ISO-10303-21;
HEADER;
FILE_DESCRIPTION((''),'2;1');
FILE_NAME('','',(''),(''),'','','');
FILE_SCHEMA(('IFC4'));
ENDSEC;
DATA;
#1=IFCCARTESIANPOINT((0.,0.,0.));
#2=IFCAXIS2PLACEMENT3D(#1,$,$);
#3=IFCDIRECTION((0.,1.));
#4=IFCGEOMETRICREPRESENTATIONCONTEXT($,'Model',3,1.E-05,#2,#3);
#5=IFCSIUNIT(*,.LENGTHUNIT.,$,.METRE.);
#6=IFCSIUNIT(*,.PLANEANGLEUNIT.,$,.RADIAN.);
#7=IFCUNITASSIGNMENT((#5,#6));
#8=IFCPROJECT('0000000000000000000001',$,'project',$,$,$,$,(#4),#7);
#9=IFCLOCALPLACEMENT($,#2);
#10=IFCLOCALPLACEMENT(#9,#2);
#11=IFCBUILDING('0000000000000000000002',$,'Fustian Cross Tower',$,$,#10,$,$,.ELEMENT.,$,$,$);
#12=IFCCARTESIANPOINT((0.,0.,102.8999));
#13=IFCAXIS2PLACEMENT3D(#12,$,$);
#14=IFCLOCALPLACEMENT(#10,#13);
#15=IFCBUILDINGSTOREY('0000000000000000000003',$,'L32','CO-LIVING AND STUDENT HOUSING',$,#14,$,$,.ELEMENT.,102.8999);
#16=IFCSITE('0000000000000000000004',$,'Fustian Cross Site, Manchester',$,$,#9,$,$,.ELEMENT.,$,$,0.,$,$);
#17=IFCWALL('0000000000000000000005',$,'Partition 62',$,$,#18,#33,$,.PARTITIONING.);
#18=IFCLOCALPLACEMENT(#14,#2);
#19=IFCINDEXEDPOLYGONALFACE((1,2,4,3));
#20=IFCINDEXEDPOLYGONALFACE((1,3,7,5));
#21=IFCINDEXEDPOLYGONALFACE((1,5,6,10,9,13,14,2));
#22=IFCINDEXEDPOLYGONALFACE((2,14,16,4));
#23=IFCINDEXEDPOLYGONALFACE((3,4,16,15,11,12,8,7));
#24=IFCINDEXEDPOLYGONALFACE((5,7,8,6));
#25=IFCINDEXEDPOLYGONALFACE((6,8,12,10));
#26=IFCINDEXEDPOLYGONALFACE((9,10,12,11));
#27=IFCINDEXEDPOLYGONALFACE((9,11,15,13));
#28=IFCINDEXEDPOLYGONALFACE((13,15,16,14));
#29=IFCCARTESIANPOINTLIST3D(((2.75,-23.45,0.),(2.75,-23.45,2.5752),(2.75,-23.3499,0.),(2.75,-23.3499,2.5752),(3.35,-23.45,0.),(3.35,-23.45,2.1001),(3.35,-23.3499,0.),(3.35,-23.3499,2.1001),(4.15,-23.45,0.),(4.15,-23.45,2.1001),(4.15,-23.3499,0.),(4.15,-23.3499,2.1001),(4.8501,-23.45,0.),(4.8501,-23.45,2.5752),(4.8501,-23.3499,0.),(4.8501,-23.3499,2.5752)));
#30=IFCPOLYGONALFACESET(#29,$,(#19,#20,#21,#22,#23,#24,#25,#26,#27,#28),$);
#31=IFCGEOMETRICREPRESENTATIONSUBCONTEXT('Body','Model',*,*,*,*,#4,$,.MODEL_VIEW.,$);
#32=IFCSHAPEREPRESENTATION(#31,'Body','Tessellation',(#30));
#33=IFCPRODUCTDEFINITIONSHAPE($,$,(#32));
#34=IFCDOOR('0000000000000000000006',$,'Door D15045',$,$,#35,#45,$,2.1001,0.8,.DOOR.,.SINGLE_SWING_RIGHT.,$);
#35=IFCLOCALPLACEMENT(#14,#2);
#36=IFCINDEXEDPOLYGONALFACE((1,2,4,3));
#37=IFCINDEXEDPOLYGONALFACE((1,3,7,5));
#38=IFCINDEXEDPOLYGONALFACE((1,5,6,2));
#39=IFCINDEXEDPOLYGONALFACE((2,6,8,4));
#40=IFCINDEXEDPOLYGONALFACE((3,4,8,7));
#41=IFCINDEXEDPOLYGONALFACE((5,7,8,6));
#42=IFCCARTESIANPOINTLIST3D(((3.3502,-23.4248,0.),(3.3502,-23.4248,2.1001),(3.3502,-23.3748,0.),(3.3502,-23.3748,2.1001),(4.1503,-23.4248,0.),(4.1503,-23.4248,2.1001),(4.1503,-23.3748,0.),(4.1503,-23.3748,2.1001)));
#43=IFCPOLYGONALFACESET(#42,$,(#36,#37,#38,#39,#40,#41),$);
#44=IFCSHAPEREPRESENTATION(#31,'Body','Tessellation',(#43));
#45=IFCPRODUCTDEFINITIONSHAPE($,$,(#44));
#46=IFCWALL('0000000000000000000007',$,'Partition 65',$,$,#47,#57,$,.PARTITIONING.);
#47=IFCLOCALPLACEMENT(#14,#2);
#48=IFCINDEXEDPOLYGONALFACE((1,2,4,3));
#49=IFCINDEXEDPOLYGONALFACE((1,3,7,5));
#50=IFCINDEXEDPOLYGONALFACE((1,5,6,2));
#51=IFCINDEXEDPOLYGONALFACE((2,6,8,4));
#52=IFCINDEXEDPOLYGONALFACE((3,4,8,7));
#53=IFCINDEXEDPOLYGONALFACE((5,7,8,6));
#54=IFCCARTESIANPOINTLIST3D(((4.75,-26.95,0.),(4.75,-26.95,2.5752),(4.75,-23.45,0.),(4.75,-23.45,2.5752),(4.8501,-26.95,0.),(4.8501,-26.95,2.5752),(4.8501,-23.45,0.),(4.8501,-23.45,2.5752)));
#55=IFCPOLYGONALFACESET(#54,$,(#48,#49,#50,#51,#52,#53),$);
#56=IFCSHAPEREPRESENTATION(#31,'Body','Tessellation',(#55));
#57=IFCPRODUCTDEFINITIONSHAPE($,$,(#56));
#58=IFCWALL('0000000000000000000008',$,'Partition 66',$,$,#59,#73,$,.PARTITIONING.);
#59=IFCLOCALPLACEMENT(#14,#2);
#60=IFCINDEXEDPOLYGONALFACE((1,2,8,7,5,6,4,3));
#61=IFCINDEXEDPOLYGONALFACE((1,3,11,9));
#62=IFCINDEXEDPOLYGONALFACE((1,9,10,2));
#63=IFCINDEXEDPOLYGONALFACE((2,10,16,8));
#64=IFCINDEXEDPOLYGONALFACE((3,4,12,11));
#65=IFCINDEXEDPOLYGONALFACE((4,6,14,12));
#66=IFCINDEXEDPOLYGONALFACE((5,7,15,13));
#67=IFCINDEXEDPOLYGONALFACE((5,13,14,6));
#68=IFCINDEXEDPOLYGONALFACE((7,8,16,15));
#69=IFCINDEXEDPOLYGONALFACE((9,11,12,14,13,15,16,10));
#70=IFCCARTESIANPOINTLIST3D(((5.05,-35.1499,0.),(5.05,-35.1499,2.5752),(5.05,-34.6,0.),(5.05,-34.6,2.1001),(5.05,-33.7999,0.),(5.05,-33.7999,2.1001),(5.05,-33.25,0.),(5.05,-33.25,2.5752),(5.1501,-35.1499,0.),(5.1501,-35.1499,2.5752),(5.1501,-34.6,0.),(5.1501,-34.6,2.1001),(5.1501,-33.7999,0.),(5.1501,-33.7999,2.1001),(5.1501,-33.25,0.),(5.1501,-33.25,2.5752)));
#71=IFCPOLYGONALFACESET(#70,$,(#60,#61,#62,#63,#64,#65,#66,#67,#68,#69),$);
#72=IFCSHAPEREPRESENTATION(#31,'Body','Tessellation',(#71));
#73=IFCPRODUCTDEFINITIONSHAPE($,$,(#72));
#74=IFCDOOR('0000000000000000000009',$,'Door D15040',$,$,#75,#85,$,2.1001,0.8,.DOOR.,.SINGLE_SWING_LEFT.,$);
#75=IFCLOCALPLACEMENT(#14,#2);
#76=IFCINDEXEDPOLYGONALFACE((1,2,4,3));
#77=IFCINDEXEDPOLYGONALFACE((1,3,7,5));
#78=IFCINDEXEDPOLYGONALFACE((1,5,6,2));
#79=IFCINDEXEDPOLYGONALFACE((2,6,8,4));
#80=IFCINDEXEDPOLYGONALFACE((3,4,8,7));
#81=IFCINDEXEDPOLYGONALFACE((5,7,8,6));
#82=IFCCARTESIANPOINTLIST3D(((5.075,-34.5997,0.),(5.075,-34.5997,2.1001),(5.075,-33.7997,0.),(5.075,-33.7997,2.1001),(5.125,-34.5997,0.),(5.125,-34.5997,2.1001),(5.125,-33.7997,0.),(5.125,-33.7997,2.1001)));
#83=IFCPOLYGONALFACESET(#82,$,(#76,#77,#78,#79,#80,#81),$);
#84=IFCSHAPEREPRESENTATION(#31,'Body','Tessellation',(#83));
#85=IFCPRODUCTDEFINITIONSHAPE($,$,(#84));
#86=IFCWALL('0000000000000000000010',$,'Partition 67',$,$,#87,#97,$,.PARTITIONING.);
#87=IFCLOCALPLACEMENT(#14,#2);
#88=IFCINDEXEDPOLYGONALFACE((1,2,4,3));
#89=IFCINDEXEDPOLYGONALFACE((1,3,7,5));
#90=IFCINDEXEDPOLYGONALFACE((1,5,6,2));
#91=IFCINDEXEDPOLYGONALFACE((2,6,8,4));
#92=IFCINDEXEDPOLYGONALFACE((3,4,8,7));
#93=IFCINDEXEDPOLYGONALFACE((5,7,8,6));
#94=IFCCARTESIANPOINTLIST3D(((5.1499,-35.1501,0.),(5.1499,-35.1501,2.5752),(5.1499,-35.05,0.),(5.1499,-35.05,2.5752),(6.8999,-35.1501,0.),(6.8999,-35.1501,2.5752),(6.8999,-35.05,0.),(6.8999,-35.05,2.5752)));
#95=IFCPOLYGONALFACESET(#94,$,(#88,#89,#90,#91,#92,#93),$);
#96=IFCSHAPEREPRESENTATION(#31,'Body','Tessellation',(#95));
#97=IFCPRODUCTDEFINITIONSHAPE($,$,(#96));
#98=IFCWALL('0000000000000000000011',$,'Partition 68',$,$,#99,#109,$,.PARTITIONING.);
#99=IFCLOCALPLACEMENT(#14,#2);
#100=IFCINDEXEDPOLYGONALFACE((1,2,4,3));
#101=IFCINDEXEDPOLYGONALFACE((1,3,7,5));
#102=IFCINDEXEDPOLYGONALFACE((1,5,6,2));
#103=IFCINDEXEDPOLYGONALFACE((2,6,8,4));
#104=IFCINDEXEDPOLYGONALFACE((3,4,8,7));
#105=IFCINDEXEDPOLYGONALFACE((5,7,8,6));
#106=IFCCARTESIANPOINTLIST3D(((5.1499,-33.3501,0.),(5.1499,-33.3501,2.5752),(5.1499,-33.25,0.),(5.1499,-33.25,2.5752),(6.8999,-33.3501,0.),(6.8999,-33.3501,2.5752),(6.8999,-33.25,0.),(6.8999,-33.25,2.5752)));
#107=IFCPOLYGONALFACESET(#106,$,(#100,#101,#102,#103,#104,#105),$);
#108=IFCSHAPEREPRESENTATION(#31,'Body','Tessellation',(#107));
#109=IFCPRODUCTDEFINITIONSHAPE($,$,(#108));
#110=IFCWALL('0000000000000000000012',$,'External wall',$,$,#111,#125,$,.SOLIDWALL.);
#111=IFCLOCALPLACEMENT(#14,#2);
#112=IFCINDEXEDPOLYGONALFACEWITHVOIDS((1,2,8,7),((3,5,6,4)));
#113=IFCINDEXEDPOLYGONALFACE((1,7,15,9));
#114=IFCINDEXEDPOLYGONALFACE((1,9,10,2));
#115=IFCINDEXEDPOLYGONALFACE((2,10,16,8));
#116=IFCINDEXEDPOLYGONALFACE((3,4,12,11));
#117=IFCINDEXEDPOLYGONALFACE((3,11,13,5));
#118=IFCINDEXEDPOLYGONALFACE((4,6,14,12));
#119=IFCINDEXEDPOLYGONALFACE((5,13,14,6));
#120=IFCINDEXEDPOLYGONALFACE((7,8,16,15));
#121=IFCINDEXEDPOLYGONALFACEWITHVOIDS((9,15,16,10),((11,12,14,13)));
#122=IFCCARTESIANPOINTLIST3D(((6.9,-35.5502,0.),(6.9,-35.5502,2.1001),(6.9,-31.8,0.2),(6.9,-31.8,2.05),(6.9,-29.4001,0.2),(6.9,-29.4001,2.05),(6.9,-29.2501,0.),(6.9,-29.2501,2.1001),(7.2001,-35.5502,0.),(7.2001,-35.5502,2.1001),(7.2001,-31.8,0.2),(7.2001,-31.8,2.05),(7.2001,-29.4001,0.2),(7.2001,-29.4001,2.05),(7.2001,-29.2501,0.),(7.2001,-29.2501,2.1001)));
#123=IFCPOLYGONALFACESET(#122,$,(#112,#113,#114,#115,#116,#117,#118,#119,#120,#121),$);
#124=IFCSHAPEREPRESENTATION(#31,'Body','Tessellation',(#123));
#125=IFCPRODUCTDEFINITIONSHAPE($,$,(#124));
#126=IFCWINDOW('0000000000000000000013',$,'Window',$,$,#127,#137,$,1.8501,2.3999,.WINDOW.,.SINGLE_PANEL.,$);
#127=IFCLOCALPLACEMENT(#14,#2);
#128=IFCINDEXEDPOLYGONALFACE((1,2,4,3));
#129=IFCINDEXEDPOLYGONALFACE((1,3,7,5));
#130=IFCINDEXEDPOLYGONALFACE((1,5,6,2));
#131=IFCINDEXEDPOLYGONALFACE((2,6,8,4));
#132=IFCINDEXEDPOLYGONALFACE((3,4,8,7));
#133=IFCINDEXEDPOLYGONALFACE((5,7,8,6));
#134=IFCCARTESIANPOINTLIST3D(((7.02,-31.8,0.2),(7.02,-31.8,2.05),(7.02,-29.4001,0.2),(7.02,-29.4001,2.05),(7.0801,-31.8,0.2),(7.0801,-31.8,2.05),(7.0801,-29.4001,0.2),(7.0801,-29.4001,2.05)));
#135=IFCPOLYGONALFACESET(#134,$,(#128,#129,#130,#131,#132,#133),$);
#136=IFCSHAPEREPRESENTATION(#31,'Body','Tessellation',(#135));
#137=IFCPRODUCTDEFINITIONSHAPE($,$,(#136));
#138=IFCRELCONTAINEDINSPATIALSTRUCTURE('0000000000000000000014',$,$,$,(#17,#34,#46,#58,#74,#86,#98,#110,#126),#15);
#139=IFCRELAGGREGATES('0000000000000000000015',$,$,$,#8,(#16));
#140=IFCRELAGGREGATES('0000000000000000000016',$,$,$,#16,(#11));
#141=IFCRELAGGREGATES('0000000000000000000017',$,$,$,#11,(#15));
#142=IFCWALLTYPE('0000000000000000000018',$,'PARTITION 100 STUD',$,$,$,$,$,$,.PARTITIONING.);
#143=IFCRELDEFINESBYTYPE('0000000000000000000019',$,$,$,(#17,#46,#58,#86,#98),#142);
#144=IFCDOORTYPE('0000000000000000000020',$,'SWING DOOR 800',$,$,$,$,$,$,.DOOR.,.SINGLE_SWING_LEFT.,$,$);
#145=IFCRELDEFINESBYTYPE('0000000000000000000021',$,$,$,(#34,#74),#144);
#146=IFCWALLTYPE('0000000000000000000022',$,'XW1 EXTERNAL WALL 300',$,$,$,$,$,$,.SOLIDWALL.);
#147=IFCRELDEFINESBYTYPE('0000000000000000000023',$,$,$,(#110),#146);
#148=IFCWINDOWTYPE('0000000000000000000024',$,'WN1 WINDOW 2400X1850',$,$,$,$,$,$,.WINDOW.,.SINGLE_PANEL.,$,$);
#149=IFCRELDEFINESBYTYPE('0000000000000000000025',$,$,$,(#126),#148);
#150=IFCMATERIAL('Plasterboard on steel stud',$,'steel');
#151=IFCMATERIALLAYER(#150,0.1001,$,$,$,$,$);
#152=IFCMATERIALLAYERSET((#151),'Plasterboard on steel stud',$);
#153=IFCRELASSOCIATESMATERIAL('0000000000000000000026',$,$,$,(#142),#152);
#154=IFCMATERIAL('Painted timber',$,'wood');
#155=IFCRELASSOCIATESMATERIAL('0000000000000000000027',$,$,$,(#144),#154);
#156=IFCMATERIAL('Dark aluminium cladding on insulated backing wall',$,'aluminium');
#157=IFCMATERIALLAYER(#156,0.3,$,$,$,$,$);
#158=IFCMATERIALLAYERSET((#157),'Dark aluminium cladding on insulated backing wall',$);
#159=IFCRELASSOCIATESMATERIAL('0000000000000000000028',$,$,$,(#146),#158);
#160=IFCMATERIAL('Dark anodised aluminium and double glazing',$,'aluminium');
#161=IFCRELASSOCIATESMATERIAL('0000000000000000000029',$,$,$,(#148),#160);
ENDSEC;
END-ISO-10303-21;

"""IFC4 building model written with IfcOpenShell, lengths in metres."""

from ifc_helpers import new_model, si_unit, direction, frame, frame_2d, origin, place, context, subcontext, project, spatial, rectangle, extrude, material, layer, layer_set, type_object, element, fill, save


model = new_model("IFC4")

# Units and contexts
model_context = context("Model", 3, precision=1e-05, world=origin(), true_north=direction((0.0, 1.0)))
body_context = subcontext(model_context, "Body", "Model", "MODEL_VIEW")
ifc_project = project(units=[si_unit("LENGTHUNIT", "METRE"), si_unit("PLANEANGLEUNIT", "RADIAN")], contexts=[model_context])

# Site, building, storey
site_placement = place(None, origin())
site = spatial("IfcSite", under=ifc_project, at=site_placement, Name="Fustian Cross Site, Manchester", CompositionType="ELEMENT", RefElevation=0.0)
building_placement = place(site_placement, origin())
building = spatial("IfcBuilding", under=site, at=building_placement, Name="Fustian Cross Tower", CompositionType="ELEMENT")
storey_placement = place(building_placement, frame((0.0, 0.0, 102.8999)))
storey = spatial("IfcBuildingStorey", under=building, at=storey_placement, Name="L32", Description="CO-LIVING AND STUDENT HOUSING", CompositionType="ELEMENT", Elevation=102.8999)

# Shared definitions
ifc_material_1 = material(Name="Plasterboard on steel stud", Category="steel")
ifc_layer_1 = layer(ifc_material_1, 0.1001)
ifc_layer_set_1 = layer_set([ifc_layer_1], Name="Plasterboard on steel stud")
wall_type_1 = type_object("IfcWallType", Name="PARTITION 100 STUD", PredefinedType="PARTITIONING", material=ifc_layer_set_1)

# Shared definitions
ifc_material_2 = material(Name="Painted timber", Category="wood")
door_type_1 = type_object("IfcDoorType", Name="SWING DOOR 800", OperationType="SINGLE_SWING_LEFT", PredefinedType="DOOR", material=ifc_material_2)

# Wall, opening, door
wall_1_placement = place(storey_placement, frame((2.75, -23.3999, 0.0), z_axis=(0.0, 0.0, 1.0), x_axis=(1.0, 0.0, 0.0)))
wall_1 = element("IfcWall", 1, at=wall_1_placement, inside=storey, type_object=wall_type_1, Name="Partition 62", PredefinedType="PARTITIONING", context=body_context, shape_type="SweptSolid", body=[
    extrude(rectangle(XDim=2.1001, YDim=0.1001, at=frame_2d((1.05, 0.0))), origin(), (0.0, 0.0, 1.0), 2.5752),
])
opening_1_placement = place(wall_1_placement, frame((0.6001, 0.0, 0.0)))
opening_1 = element("IfcOpeningElement", 2, at=opening_1_placement, cuts=wall_1, PredefinedType="OPENING", context=body_context, shape_type="SweptSolid", body=[
    extrude(rectangle(XDim=0.8, YDim=2.1001, at=frame_2d((0.3999, 1.05))), frame((0.0, 0.0601, 0.0), z_axis=(0.0, -1.0, 0.0), x_axis=(1.0, 0.0, 0.0)), (0.0, 0.0, 1.0), 0.1201),
])
door_1_placement = place(opening_1_placement, frame((0.8, 0.0, 0.0), z_axis=(0.0, 0.0, 1.0), x_axis=(-1.0, 0.0, 0.0)))
door_1 = element("IfcDoor", 3, at=door_1_placement, inside=storey, type_object=door_type_1, Name="Door D15045", OperationType="SINGLE_SWING_RIGHT", OverallHeight=2.1001, OverallWidth=0.8, PredefinedType="DOOR", context=body_context, shape_type="SweptSolid", body=[
    extrude(rectangle(XDim=0.8, YDim=2.1001, at=frame_2d((0.3999, 1.05))), frame((0.0, 0.0249, 0.0), z_axis=(0.0, -1.0, 0.0), x_axis=(1.0, 0.0, 0.0)), (0.0, 0.0, 1.0), 0.05),
])
fill(opening_1, door_1)

# Wall
wall_2_placement = place(storey_placement, frame((4.8, -26.95, 0.0), z_axis=(0.0, 0.0, 1.0), x_axis=(0.0, 1.0, 0.0)))
element("IfcWall", 4, at=wall_2_placement, inside=storey, type_object=wall_type_1, Name="Partition 65", PredefinedType="PARTITIONING", context=body_context, shape_type="SweptSolid", body=[
    extrude(rectangle(XDim=3.5, YDim=0.1001, at=frame_2d((1.75, 0.0))), origin(), (0.0, 0.0, 1.0), 2.5752),
])

# Wall, opening, door
wall_3_placement = place(storey_placement, frame((5.1001, -35.1499, 0.0), z_axis=(0.0, 0.0, 1.0), x_axis=(0.0, 1.0, 0.0)))
wall_3 = element("IfcWall", 5, at=wall_3_placement, inside=storey, type_object=wall_type_1, Name="Partition 66", PredefinedType="PARTITIONING", context=body_context, shape_type="SweptSolid", body=[
    extrude(rectangle(XDim=1.8999, YDim=0.1001, at=frame_2d((0.95, 0.0))), origin(), (0.0, 0.0, 1.0), 2.5752),
])
opening_2_placement = place(wall_3_placement, frame((0.55, 0.0, 0.0)))
opening_2 = element("IfcOpeningElement", 6, at=opening_2_placement, cuts=wall_3, PredefinedType="OPENING", context=body_context, shape_type="SweptSolid", body=[
    extrude(rectangle(XDim=0.8, YDim=2.1001, at=frame_2d((0.3999, 1.05))), frame((0.0, 0.0601, 0.0), z_axis=(0.0, -1.0, 0.0), x_axis=(1.0, 0.0, 0.0)), (0.0, 0.0, 1.0), 0.1201),
])
door_2_placement = place(opening_2_placement, frame((0.8, 0.0, 0.0), z_axis=(0.0, 0.0, 1.0), x_axis=(-1.0, 0.0, 0.0)))
door_2 = element("IfcDoor", 7, at=door_2_placement, inside=storey, type_object=door_type_1, Name="Door D15040", OperationType="SINGLE_SWING_LEFT", OverallHeight=2.1001, OverallWidth=0.8, PredefinedType="DOOR", context=body_context, shape_type="SweptSolid", body=[
    extrude(rectangle(XDim=0.8, YDim=2.1001, at=frame_2d((0.3999, 1.05))), frame((0.0, 0.0249, 0.0), z_axis=(0.0, -1.0, 0.0), x_axis=(1.0, 0.0, 0.0)), (0.0, 0.0, 1.0), 0.05),
])
fill(opening_2, door_2)

# Walls
for number, where, z_axis, x_axis, name in (
    (8, (5.1499, -35.1001, 0.0), (0.0, 0.0, 1.0), (1.0, 0.0, 0.0), "Partition 67"),
    (9, (5.1499, -33.3, 0.0), (0.0, 0.0, 1.0), (1.0, 0.0, 0.0), "Partition 68"),
):
    element("IfcWall", number, at=place(storey_placement, frame(where, z_axis=z_axis, x_axis=x_axis)), inside=storey, type_object=wall_type_1, Name=name, PredefinedType="PARTITIONING", context=body_context, shape_type="SweptSolid", body=[
        extrude(rectangle(XDim=1.75, YDim=0.1001, at=frame_2d((0.875, 0.0))), origin(), (0.0, 0.0, 1.0), 2.5752),
    ])

# Wall, opening, window
ifc_material_3 = material(Name="Dark aluminium cladding on insulated backing wall", Category="aluminium")
ifc_layer_2 = layer(ifc_material_3, 0.3)
ifc_layer_set_2 = layer_set([ifc_layer_2], Name="Dark aluminium cladding on insulated backing wall")
wall_type_2 = type_object("IfcWallType", Name="XW1 EXTERNAL WALL 300", PredefinedType="SOLIDWALL", material=ifc_layer_set_2)
wall_4_placement = place(storey_placement, frame((7.05, -35.55, 0.0), z_axis=(0.0, 0.0, 1.0), x_axis=(0.0, 1.0, 0.0)))
wall_4 = element("IfcWall", 10, at=wall_4_placement, inside=storey, type_object=wall_type_2, Name="External wall", PredefinedType="SOLIDWALL", context=body_context, shape_type="SweptSolid", body=[
    extrude(rectangle(XDim=6.3, YDim=0.3, at=frame_2d((3.1499, 0.0))), origin(), (0.0, 0.0, 1.0), 2.1001),
])
opening_3_placement = place(wall_4_placement, frame((3.75, 0.0, 0.2)))
opening_3 = element("IfcOpeningElement", 11, at=opening_3_placement, cuts=wall_4, PredefinedType="OPENING", context=body_context, shape_type="SweptSolid", body=[
    extrude(rectangle(XDim=2.3999, YDim=1.8501, at=frame_2d((1.2, 0.925))), frame((0.0, 0.1599, 0.0), z_axis=(0.0, -1.0, 0.0), x_axis=(1.0, 0.0, 0.0)), (0.0, 0.0, 1.0), 0.3201),
])
ifc_material_4 = material(Name="Dark anodised aluminium and double glazing", Category="aluminium")
window_type = type_object("IfcWindowType", Name="WN1 WINDOW 2400X1850", PartitioningType="SINGLE_PANEL", PredefinedType="WINDOW", material=ifc_material_4)
window_1_placement = place(opening_3_placement, origin())
window_1 = element("IfcWindow", 12, at=window_1_placement, inside=storey, type_object=window_type, Name="Window", OverallHeight=1.8501, OverallWidth=2.3999, PartitioningType="SINGLE_PANEL", PredefinedType="WINDOW", context=body_context, shape_type="SweptSolid", body=[
    extrude(rectangle(XDim=2.3999, YDim=1.8501, at=frame_2d((1.2, 0.925))), frame((0.0, 0.03, 0.0), z_axis=(0.0, -1.0, 0.0), x_axis=(1.0, 0.0, 0.0)), (0.0, 0.0, 1.0), 0.0601),
])
fill(opening_3, window_1)

save(model, "model.ifc")
